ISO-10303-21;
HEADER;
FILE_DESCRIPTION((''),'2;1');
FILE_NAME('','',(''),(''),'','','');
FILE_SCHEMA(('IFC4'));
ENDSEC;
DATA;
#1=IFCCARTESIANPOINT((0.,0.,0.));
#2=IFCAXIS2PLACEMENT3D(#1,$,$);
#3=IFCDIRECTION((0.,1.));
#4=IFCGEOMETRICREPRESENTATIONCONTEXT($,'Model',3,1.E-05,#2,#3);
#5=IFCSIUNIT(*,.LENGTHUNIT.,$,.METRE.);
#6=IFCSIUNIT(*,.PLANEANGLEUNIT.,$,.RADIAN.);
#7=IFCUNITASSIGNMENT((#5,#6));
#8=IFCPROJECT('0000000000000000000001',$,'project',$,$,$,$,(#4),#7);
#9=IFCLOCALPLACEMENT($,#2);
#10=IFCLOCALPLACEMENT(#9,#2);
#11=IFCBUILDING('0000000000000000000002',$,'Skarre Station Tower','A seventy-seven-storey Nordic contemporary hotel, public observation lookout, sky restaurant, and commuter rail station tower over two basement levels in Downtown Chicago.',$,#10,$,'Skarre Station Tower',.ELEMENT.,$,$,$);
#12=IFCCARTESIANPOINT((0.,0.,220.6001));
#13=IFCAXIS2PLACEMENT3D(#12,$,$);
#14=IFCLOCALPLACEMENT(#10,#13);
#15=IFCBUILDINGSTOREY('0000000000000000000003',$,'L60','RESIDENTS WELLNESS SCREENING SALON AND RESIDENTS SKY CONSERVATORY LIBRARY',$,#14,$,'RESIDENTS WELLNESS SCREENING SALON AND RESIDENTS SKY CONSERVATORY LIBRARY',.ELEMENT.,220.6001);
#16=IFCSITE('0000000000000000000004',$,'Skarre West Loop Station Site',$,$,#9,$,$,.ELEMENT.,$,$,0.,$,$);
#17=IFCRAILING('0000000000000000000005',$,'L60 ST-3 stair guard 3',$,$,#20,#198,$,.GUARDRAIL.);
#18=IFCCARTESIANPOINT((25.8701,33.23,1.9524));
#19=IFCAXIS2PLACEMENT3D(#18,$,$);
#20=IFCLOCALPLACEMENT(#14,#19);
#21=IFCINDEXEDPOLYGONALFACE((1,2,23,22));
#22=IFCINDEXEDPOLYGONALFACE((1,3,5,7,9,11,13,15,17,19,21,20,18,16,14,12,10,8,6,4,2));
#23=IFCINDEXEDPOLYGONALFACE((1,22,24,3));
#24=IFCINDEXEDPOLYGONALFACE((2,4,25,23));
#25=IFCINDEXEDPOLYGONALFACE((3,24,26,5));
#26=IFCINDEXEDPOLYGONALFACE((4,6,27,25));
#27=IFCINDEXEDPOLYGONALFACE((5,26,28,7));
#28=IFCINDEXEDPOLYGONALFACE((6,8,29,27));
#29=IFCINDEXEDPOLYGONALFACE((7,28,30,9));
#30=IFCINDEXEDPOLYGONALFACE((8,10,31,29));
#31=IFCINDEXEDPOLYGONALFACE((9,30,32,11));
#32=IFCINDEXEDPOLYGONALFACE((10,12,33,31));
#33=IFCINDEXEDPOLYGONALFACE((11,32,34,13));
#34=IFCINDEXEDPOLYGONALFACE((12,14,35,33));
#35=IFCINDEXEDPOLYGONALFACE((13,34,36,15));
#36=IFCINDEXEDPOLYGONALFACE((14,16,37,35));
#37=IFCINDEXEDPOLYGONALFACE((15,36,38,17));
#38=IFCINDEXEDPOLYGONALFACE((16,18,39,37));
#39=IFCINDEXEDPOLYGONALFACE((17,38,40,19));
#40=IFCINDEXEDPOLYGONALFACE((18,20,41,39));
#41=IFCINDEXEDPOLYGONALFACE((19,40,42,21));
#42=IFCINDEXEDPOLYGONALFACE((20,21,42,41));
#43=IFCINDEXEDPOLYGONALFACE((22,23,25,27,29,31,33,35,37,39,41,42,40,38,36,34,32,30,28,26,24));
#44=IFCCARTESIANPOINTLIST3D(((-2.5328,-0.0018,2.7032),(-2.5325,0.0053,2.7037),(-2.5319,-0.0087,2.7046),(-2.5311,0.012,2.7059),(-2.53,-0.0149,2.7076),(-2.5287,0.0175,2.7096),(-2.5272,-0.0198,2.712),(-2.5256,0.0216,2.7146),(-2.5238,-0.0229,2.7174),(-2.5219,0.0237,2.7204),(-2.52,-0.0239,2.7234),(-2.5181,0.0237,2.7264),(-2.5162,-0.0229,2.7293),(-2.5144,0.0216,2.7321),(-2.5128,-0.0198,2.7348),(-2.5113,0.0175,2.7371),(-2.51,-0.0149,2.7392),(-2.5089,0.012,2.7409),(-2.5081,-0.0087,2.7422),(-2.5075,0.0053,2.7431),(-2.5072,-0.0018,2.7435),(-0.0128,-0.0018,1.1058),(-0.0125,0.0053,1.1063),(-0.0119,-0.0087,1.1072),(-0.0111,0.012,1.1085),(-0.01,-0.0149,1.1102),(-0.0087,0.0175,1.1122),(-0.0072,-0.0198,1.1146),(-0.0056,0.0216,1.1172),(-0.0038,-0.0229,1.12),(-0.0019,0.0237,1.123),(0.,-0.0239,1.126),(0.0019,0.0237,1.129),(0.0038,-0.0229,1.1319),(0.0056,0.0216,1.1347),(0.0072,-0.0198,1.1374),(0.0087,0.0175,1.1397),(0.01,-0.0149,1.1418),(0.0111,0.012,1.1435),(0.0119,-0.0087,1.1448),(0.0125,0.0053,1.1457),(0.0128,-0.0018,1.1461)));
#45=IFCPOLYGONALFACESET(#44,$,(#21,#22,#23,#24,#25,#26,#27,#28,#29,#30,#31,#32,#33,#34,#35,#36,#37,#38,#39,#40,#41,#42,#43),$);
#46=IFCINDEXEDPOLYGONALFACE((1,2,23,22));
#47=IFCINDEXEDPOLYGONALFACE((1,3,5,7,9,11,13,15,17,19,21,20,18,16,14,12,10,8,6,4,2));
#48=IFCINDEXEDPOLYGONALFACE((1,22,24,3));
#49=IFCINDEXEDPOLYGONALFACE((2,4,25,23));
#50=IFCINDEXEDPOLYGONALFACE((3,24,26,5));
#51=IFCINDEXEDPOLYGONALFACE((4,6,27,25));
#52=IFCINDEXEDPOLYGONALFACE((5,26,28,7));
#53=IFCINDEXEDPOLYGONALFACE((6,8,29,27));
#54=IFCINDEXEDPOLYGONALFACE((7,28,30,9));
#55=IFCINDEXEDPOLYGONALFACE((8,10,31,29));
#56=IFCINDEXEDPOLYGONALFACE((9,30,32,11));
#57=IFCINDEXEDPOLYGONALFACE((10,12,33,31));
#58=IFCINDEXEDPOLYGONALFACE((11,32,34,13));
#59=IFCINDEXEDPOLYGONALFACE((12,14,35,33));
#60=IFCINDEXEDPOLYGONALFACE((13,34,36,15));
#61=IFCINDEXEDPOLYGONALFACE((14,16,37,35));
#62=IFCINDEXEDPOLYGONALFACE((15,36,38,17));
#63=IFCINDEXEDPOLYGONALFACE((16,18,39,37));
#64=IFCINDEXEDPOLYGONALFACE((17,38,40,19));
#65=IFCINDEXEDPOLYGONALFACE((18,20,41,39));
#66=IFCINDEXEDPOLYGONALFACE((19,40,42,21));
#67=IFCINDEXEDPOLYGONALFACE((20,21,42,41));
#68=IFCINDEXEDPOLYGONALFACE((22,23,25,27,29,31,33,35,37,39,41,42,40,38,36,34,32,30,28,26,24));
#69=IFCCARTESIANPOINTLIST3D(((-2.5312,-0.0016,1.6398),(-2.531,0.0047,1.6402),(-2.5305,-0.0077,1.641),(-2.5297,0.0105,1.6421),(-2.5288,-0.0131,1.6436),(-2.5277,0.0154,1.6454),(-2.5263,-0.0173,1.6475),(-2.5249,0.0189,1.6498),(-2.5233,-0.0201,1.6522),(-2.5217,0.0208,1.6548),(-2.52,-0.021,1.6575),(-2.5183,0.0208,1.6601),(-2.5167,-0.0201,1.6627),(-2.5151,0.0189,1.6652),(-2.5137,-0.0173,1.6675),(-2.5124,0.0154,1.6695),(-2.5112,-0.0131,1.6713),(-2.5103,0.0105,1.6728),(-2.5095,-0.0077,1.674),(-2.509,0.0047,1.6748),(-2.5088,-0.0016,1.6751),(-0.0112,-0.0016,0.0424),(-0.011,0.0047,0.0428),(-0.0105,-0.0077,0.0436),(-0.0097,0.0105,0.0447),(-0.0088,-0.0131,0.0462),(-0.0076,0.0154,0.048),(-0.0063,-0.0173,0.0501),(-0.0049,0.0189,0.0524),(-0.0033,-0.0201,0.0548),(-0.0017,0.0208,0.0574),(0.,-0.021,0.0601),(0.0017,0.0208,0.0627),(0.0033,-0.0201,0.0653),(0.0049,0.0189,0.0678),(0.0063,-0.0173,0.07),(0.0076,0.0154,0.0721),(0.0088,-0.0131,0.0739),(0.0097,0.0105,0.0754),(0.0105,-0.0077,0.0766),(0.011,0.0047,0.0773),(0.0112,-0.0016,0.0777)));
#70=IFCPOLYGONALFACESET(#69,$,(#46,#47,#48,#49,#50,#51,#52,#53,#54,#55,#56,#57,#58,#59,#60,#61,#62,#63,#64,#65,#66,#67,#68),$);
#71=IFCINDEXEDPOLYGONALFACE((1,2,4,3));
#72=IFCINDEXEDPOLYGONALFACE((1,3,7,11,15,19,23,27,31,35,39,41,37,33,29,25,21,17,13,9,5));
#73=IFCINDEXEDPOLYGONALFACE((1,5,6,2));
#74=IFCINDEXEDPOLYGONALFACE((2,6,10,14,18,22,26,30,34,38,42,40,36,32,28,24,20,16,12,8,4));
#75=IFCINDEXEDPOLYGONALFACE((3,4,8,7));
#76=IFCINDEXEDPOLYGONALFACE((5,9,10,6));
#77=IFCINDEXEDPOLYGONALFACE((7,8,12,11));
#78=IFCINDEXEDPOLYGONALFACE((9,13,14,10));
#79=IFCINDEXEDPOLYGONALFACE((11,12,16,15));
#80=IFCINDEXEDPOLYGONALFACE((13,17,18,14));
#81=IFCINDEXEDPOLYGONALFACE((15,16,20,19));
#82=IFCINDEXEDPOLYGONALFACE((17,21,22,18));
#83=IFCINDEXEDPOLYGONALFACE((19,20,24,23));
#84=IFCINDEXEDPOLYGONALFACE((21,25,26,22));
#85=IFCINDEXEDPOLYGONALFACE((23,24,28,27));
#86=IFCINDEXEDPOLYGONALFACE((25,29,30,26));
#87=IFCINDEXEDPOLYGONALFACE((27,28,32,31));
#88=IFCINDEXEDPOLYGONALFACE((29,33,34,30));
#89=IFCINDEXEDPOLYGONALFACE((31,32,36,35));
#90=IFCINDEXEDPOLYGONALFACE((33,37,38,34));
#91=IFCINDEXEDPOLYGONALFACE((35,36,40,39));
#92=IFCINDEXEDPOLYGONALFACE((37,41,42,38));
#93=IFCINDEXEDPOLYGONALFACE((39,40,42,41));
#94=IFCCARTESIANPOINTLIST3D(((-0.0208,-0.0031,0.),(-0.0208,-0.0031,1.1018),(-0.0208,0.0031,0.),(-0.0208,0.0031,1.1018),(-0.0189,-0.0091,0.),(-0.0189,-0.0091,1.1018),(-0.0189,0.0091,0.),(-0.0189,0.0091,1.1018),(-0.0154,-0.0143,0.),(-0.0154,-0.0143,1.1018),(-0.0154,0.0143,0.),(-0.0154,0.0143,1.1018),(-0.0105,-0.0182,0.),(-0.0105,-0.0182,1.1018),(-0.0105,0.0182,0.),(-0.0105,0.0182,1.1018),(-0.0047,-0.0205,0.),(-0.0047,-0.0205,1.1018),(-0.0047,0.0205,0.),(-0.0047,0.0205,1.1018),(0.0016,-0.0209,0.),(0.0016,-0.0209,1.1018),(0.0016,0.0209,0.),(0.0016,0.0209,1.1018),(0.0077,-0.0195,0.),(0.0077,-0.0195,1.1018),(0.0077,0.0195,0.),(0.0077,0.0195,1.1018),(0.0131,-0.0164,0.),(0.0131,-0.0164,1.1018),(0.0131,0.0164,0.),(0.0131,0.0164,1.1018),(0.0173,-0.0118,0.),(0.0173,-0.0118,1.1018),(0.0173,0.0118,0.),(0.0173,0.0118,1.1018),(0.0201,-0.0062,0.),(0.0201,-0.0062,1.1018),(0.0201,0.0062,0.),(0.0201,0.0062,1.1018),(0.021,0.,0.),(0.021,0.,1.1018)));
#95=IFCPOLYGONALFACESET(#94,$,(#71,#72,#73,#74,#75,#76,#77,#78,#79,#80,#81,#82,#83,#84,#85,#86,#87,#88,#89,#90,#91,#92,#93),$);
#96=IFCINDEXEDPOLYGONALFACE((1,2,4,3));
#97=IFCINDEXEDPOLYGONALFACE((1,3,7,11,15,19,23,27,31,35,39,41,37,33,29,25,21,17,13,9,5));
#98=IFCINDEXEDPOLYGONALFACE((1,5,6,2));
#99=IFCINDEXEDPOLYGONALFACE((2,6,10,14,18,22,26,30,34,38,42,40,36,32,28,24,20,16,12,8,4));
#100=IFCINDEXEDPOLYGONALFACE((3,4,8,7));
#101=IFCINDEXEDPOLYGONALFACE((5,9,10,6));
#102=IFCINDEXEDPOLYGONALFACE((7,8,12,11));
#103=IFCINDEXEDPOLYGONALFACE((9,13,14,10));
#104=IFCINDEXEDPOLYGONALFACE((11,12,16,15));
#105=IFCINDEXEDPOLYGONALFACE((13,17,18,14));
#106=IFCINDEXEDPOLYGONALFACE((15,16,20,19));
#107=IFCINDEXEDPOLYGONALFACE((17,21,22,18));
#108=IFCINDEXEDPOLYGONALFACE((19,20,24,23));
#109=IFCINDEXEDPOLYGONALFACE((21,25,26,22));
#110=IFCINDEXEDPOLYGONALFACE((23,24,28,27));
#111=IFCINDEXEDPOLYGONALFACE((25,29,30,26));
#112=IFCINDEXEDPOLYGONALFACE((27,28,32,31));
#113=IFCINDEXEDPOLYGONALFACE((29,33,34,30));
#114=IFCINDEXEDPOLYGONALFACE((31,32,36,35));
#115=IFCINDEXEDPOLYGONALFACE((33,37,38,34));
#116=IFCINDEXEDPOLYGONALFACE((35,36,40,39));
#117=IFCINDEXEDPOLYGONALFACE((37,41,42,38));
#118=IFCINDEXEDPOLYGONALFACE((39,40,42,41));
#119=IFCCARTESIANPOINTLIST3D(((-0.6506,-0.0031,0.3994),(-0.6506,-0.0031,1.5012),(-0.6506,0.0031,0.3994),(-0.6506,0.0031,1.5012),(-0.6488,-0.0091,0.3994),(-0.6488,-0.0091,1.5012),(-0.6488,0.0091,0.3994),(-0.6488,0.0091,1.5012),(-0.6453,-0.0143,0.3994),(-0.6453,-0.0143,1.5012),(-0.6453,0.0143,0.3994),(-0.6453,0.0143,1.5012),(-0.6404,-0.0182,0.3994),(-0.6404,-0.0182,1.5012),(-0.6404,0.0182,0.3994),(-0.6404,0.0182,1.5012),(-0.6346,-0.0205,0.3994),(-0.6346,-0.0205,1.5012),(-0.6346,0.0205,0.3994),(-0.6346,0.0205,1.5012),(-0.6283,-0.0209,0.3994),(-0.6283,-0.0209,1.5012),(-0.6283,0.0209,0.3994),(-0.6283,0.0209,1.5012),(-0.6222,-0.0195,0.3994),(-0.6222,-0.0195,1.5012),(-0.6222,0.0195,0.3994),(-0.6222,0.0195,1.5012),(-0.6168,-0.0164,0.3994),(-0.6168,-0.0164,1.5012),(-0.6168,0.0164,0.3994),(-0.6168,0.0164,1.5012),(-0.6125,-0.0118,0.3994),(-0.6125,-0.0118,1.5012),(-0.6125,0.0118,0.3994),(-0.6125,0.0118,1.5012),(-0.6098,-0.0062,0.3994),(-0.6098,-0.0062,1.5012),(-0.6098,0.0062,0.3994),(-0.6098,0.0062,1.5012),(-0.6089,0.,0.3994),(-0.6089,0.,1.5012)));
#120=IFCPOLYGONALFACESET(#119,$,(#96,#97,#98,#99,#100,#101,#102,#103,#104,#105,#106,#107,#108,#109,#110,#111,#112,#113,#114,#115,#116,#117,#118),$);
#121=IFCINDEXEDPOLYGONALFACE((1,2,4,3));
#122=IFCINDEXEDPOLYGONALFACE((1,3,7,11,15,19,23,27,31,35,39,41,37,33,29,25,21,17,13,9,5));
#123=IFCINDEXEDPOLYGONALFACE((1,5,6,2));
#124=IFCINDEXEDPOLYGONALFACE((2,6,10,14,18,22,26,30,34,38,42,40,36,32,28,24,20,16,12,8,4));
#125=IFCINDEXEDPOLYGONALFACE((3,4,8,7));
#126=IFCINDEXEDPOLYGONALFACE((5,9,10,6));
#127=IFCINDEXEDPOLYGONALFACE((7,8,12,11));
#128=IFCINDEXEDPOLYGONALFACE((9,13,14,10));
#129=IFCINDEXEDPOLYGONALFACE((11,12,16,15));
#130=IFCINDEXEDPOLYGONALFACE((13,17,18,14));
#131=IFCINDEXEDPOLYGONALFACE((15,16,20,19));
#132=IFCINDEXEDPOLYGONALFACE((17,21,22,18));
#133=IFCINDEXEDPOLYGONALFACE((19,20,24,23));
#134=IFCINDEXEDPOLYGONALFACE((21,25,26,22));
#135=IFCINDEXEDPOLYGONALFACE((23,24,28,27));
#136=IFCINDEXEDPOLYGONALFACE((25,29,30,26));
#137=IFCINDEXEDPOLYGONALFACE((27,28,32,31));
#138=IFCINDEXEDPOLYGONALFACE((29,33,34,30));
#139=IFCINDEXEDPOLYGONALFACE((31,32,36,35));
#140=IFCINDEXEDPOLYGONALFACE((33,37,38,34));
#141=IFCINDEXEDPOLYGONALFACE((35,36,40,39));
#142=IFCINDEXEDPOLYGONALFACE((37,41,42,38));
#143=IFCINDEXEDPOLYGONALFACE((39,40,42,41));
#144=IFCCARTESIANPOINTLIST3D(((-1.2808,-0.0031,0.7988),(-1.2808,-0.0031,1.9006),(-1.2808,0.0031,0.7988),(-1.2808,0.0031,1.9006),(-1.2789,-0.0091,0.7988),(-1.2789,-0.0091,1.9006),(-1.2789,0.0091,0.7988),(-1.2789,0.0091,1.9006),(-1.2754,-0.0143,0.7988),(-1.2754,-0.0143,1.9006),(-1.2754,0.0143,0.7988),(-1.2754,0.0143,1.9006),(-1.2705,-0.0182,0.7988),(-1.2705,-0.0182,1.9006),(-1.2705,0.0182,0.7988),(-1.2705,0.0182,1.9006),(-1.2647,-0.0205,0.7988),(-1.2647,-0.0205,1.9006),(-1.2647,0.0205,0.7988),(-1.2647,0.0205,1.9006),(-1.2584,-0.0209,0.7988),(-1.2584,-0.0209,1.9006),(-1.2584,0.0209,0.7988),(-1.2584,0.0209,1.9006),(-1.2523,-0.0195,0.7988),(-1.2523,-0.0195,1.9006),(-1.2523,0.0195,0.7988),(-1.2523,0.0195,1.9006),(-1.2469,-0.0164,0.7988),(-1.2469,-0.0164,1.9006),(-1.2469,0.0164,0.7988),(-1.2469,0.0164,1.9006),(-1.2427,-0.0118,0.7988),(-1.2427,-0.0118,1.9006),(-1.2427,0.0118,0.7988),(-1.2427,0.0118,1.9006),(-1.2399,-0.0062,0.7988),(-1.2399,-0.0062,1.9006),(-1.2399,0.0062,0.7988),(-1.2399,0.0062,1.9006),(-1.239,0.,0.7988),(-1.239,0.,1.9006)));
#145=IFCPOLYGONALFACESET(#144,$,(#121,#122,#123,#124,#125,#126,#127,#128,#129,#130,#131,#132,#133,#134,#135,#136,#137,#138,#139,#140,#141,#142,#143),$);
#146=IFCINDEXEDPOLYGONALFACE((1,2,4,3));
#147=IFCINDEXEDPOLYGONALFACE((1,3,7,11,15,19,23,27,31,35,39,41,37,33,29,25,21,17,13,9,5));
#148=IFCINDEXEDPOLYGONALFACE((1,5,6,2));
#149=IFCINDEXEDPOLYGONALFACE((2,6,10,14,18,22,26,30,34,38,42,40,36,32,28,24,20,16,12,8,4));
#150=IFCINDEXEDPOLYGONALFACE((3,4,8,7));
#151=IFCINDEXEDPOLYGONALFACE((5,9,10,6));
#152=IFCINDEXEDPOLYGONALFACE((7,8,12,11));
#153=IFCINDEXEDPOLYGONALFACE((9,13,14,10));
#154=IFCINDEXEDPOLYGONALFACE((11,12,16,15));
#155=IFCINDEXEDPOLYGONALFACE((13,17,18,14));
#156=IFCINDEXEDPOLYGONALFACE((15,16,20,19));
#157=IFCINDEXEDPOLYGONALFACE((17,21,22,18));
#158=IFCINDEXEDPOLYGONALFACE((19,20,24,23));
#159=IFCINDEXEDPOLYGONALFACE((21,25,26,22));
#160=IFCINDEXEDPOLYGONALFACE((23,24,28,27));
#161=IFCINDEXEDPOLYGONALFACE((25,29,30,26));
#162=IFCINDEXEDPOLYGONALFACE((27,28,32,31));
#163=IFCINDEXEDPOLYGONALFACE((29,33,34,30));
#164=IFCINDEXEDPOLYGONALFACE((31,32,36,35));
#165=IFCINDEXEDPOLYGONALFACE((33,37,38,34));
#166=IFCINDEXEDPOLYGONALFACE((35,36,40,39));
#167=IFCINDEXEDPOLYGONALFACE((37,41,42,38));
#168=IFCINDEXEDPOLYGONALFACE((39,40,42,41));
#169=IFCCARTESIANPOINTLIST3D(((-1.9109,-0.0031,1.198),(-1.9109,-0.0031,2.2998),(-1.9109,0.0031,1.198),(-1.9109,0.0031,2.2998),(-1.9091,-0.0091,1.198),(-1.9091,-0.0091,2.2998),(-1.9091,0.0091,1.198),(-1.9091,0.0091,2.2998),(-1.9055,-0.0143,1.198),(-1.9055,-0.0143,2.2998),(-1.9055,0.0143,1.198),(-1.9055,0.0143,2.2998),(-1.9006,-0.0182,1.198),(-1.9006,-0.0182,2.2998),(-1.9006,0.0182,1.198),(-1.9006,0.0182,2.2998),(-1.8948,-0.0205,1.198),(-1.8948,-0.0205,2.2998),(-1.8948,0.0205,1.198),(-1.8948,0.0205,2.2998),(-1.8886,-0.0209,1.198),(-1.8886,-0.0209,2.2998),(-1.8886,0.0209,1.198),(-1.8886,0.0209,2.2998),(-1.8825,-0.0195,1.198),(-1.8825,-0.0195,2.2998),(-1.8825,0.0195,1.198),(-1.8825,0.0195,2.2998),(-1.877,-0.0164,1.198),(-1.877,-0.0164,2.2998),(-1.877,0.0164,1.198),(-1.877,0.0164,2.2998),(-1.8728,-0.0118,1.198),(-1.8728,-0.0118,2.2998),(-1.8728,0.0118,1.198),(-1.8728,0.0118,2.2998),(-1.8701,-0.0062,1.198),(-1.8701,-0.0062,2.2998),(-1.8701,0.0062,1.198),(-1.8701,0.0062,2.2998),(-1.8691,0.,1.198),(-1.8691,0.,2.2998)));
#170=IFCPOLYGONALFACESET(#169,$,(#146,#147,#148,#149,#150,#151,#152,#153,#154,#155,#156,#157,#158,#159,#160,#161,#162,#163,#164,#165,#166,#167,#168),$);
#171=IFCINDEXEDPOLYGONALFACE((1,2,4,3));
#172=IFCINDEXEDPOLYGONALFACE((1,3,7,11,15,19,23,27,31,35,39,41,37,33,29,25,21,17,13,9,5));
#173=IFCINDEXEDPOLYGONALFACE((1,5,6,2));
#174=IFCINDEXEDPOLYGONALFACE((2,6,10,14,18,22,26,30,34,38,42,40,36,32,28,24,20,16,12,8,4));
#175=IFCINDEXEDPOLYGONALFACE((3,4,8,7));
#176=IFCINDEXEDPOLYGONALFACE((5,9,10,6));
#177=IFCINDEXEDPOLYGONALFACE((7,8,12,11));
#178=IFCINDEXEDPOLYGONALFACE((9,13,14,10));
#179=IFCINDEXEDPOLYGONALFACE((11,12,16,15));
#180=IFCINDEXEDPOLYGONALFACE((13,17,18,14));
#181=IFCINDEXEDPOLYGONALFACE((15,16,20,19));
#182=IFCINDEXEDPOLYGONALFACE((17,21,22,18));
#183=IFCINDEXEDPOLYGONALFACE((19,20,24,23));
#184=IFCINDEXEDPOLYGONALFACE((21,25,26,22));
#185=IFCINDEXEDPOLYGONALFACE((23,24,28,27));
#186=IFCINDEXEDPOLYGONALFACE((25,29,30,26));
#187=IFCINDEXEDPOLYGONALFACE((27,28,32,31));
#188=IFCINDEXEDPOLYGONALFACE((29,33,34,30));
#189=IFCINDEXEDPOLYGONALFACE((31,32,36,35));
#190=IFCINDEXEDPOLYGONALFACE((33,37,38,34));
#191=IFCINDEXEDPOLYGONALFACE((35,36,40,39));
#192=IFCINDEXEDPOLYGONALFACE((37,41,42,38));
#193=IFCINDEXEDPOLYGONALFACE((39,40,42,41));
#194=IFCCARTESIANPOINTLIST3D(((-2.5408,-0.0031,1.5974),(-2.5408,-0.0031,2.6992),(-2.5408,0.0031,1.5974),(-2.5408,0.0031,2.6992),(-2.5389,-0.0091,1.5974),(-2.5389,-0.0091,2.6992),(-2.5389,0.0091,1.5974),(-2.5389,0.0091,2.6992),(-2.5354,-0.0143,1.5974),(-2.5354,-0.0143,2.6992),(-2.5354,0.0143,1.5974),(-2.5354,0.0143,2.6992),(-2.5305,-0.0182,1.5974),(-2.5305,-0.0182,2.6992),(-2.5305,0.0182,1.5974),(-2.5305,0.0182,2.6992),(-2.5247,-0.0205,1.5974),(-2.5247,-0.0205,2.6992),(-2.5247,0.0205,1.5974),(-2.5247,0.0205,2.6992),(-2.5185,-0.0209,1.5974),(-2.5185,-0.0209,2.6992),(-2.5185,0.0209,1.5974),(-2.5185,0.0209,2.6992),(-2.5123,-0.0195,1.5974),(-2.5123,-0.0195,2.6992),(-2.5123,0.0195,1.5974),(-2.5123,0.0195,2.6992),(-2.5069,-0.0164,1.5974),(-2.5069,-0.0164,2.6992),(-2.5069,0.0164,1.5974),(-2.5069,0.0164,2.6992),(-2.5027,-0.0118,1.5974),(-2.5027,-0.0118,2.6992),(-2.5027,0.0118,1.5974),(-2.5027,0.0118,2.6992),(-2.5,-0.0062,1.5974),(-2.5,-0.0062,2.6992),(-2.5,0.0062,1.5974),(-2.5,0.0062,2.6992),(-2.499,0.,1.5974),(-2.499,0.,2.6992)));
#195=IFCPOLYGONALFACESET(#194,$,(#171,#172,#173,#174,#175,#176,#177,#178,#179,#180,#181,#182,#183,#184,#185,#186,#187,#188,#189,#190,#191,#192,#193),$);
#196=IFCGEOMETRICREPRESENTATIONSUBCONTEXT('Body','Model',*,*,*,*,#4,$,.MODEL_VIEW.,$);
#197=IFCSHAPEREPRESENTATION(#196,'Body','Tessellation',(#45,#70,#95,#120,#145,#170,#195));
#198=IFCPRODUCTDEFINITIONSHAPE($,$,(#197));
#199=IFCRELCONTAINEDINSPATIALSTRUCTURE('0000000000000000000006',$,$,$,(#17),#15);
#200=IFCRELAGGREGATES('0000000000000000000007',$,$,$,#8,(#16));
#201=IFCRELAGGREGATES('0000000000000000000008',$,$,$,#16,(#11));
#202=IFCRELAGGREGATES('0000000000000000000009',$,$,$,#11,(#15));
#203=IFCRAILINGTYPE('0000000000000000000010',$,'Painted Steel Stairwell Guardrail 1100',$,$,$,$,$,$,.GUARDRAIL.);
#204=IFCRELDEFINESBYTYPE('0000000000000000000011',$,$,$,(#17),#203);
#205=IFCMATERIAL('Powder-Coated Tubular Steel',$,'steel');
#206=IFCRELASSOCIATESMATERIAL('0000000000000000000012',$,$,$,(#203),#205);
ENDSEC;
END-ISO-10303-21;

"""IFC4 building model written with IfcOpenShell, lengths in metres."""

from ifc_helpers import new_model, si_unit, direction, frame, origin, origin_2d, place, context, subcontext, project, spatial, circle, extrude, material, type_object, element, save


model = new_model("IFC4")

# Units and contexts
model_context = context("Model", 3, precision=1e-05, world=origin(), true_north=direction((0.0, 1.0)))
body_context = subcontext(model_context, "Body", "Model", "MODEL_VIEW")
ifc_project = project(units=[si_unit("LENGTHUNIT", "METRE"), si_unit("PLANEANGLEUNIT", "RADIAN")], contexts=[model_context])

# Site, building, storey
site_placement = place(None, origin())
site = spatial("IfcSite", under=ifc_project, at=site_placement, Name="Skarre West Loop Station Site", CompositionType="ELEMENT", RefElevation=0.0)
building_placement = place(site_placement, origin())
building = spatial("IfcBuilding", under=site, at=building_placement, Name="Skarre Station Tower", Description="A seventy-seven-storey Nordic contemporary hotel, public observation lookout, sky restaurant, and commuter rail station tower over two basement levels in Downtown Chicago.", LongName="Skarre Station Tower", CompositionType="ELEMENT")
storey_placement = place(building_placement, frame((0.0, 0.0, 220.6001)))
storey = spatial("IfcBuildingStorey", under=building, at=storey_placement, Name="L60", Description="RESIDENTS WELLNESS SCREENING SALON AND RESIDENTS SKY CONSERVATORY LIBRARY", LongName="RESIDENTS WELLNESS SCREENING SALON AND RESIDENTS SKY CONSERVATORY LIBRARY", CompositionType="ELEMENT", Elevation=220.6001)

# Railing
ifc_material_1 = material(Name="Powder-Coated Tubular Steel", Category="steel")
railing_type_1 = type_object("IfcRailingType", Name="Painted Steel Stairwell Guardrail 1100", PredefinedType="GUARDRAIL", material=ifc_material_1)
railing_1_placement = place(storey_placement, frame((25.8701, 33.23, 1.9524)))
element("IfcRailing", 1, at=railing_1_placement, inside=storey, type_object=railing_type_1, Name="L60 ST-3 stair guard 3", PredefinedType="GUARDRAIL", context=body_context, shape_type="SweptSolid", body=[
    extrude(circle(Radius=0.0239, at=origin_2d()), frame((0.0, 0.0, 1.126), z_axis=(-0.844607, 0.0, 0.535387), x_axis=(0.0, -1.0, 0.0)), (0.0, 0.0, 1.0), 2.9836),
    extrude(circle(Radius=0.021, at=origin_2d()), frame((0.0, 0.0, 0.0601), z_axis=(-0.844607, 0.0, 0.535387), x_axis=(0.0, -1.0, 0.0)), (0.0, 0.0, 1.0), 2.9836),
    extrude(circle(Radius=0.021, at=origin_2d()), origin(), (0.0, 0.0, 1.0), 1.1018),
    extrude(circle(Radius=0.021, at=origin_2d()), frame((-0.6299, 0.0, 0.3994)), (0.0, 0.0, 1.0), 1.1018),
    extrude(circle(Radius=0.021, at=origin_2d()), frame((-1.26, 0.0, 0.7988)), (0.0, 0.0, 1.0), 1.1018),
    extrude(circle(Radius=0.021, at=origin_2d()), frame((-1.8901, 0.0, 1.198)), (0.0, 0.0, 1.0), 1.1018),
    extrude(circle(Radius=0.021, at=origin_2d()), frame((-2.52, 0.0, 1.5974)), (0.0, 0.0, 1.0), 1.1018),
])

save(model, "model.ifc")
